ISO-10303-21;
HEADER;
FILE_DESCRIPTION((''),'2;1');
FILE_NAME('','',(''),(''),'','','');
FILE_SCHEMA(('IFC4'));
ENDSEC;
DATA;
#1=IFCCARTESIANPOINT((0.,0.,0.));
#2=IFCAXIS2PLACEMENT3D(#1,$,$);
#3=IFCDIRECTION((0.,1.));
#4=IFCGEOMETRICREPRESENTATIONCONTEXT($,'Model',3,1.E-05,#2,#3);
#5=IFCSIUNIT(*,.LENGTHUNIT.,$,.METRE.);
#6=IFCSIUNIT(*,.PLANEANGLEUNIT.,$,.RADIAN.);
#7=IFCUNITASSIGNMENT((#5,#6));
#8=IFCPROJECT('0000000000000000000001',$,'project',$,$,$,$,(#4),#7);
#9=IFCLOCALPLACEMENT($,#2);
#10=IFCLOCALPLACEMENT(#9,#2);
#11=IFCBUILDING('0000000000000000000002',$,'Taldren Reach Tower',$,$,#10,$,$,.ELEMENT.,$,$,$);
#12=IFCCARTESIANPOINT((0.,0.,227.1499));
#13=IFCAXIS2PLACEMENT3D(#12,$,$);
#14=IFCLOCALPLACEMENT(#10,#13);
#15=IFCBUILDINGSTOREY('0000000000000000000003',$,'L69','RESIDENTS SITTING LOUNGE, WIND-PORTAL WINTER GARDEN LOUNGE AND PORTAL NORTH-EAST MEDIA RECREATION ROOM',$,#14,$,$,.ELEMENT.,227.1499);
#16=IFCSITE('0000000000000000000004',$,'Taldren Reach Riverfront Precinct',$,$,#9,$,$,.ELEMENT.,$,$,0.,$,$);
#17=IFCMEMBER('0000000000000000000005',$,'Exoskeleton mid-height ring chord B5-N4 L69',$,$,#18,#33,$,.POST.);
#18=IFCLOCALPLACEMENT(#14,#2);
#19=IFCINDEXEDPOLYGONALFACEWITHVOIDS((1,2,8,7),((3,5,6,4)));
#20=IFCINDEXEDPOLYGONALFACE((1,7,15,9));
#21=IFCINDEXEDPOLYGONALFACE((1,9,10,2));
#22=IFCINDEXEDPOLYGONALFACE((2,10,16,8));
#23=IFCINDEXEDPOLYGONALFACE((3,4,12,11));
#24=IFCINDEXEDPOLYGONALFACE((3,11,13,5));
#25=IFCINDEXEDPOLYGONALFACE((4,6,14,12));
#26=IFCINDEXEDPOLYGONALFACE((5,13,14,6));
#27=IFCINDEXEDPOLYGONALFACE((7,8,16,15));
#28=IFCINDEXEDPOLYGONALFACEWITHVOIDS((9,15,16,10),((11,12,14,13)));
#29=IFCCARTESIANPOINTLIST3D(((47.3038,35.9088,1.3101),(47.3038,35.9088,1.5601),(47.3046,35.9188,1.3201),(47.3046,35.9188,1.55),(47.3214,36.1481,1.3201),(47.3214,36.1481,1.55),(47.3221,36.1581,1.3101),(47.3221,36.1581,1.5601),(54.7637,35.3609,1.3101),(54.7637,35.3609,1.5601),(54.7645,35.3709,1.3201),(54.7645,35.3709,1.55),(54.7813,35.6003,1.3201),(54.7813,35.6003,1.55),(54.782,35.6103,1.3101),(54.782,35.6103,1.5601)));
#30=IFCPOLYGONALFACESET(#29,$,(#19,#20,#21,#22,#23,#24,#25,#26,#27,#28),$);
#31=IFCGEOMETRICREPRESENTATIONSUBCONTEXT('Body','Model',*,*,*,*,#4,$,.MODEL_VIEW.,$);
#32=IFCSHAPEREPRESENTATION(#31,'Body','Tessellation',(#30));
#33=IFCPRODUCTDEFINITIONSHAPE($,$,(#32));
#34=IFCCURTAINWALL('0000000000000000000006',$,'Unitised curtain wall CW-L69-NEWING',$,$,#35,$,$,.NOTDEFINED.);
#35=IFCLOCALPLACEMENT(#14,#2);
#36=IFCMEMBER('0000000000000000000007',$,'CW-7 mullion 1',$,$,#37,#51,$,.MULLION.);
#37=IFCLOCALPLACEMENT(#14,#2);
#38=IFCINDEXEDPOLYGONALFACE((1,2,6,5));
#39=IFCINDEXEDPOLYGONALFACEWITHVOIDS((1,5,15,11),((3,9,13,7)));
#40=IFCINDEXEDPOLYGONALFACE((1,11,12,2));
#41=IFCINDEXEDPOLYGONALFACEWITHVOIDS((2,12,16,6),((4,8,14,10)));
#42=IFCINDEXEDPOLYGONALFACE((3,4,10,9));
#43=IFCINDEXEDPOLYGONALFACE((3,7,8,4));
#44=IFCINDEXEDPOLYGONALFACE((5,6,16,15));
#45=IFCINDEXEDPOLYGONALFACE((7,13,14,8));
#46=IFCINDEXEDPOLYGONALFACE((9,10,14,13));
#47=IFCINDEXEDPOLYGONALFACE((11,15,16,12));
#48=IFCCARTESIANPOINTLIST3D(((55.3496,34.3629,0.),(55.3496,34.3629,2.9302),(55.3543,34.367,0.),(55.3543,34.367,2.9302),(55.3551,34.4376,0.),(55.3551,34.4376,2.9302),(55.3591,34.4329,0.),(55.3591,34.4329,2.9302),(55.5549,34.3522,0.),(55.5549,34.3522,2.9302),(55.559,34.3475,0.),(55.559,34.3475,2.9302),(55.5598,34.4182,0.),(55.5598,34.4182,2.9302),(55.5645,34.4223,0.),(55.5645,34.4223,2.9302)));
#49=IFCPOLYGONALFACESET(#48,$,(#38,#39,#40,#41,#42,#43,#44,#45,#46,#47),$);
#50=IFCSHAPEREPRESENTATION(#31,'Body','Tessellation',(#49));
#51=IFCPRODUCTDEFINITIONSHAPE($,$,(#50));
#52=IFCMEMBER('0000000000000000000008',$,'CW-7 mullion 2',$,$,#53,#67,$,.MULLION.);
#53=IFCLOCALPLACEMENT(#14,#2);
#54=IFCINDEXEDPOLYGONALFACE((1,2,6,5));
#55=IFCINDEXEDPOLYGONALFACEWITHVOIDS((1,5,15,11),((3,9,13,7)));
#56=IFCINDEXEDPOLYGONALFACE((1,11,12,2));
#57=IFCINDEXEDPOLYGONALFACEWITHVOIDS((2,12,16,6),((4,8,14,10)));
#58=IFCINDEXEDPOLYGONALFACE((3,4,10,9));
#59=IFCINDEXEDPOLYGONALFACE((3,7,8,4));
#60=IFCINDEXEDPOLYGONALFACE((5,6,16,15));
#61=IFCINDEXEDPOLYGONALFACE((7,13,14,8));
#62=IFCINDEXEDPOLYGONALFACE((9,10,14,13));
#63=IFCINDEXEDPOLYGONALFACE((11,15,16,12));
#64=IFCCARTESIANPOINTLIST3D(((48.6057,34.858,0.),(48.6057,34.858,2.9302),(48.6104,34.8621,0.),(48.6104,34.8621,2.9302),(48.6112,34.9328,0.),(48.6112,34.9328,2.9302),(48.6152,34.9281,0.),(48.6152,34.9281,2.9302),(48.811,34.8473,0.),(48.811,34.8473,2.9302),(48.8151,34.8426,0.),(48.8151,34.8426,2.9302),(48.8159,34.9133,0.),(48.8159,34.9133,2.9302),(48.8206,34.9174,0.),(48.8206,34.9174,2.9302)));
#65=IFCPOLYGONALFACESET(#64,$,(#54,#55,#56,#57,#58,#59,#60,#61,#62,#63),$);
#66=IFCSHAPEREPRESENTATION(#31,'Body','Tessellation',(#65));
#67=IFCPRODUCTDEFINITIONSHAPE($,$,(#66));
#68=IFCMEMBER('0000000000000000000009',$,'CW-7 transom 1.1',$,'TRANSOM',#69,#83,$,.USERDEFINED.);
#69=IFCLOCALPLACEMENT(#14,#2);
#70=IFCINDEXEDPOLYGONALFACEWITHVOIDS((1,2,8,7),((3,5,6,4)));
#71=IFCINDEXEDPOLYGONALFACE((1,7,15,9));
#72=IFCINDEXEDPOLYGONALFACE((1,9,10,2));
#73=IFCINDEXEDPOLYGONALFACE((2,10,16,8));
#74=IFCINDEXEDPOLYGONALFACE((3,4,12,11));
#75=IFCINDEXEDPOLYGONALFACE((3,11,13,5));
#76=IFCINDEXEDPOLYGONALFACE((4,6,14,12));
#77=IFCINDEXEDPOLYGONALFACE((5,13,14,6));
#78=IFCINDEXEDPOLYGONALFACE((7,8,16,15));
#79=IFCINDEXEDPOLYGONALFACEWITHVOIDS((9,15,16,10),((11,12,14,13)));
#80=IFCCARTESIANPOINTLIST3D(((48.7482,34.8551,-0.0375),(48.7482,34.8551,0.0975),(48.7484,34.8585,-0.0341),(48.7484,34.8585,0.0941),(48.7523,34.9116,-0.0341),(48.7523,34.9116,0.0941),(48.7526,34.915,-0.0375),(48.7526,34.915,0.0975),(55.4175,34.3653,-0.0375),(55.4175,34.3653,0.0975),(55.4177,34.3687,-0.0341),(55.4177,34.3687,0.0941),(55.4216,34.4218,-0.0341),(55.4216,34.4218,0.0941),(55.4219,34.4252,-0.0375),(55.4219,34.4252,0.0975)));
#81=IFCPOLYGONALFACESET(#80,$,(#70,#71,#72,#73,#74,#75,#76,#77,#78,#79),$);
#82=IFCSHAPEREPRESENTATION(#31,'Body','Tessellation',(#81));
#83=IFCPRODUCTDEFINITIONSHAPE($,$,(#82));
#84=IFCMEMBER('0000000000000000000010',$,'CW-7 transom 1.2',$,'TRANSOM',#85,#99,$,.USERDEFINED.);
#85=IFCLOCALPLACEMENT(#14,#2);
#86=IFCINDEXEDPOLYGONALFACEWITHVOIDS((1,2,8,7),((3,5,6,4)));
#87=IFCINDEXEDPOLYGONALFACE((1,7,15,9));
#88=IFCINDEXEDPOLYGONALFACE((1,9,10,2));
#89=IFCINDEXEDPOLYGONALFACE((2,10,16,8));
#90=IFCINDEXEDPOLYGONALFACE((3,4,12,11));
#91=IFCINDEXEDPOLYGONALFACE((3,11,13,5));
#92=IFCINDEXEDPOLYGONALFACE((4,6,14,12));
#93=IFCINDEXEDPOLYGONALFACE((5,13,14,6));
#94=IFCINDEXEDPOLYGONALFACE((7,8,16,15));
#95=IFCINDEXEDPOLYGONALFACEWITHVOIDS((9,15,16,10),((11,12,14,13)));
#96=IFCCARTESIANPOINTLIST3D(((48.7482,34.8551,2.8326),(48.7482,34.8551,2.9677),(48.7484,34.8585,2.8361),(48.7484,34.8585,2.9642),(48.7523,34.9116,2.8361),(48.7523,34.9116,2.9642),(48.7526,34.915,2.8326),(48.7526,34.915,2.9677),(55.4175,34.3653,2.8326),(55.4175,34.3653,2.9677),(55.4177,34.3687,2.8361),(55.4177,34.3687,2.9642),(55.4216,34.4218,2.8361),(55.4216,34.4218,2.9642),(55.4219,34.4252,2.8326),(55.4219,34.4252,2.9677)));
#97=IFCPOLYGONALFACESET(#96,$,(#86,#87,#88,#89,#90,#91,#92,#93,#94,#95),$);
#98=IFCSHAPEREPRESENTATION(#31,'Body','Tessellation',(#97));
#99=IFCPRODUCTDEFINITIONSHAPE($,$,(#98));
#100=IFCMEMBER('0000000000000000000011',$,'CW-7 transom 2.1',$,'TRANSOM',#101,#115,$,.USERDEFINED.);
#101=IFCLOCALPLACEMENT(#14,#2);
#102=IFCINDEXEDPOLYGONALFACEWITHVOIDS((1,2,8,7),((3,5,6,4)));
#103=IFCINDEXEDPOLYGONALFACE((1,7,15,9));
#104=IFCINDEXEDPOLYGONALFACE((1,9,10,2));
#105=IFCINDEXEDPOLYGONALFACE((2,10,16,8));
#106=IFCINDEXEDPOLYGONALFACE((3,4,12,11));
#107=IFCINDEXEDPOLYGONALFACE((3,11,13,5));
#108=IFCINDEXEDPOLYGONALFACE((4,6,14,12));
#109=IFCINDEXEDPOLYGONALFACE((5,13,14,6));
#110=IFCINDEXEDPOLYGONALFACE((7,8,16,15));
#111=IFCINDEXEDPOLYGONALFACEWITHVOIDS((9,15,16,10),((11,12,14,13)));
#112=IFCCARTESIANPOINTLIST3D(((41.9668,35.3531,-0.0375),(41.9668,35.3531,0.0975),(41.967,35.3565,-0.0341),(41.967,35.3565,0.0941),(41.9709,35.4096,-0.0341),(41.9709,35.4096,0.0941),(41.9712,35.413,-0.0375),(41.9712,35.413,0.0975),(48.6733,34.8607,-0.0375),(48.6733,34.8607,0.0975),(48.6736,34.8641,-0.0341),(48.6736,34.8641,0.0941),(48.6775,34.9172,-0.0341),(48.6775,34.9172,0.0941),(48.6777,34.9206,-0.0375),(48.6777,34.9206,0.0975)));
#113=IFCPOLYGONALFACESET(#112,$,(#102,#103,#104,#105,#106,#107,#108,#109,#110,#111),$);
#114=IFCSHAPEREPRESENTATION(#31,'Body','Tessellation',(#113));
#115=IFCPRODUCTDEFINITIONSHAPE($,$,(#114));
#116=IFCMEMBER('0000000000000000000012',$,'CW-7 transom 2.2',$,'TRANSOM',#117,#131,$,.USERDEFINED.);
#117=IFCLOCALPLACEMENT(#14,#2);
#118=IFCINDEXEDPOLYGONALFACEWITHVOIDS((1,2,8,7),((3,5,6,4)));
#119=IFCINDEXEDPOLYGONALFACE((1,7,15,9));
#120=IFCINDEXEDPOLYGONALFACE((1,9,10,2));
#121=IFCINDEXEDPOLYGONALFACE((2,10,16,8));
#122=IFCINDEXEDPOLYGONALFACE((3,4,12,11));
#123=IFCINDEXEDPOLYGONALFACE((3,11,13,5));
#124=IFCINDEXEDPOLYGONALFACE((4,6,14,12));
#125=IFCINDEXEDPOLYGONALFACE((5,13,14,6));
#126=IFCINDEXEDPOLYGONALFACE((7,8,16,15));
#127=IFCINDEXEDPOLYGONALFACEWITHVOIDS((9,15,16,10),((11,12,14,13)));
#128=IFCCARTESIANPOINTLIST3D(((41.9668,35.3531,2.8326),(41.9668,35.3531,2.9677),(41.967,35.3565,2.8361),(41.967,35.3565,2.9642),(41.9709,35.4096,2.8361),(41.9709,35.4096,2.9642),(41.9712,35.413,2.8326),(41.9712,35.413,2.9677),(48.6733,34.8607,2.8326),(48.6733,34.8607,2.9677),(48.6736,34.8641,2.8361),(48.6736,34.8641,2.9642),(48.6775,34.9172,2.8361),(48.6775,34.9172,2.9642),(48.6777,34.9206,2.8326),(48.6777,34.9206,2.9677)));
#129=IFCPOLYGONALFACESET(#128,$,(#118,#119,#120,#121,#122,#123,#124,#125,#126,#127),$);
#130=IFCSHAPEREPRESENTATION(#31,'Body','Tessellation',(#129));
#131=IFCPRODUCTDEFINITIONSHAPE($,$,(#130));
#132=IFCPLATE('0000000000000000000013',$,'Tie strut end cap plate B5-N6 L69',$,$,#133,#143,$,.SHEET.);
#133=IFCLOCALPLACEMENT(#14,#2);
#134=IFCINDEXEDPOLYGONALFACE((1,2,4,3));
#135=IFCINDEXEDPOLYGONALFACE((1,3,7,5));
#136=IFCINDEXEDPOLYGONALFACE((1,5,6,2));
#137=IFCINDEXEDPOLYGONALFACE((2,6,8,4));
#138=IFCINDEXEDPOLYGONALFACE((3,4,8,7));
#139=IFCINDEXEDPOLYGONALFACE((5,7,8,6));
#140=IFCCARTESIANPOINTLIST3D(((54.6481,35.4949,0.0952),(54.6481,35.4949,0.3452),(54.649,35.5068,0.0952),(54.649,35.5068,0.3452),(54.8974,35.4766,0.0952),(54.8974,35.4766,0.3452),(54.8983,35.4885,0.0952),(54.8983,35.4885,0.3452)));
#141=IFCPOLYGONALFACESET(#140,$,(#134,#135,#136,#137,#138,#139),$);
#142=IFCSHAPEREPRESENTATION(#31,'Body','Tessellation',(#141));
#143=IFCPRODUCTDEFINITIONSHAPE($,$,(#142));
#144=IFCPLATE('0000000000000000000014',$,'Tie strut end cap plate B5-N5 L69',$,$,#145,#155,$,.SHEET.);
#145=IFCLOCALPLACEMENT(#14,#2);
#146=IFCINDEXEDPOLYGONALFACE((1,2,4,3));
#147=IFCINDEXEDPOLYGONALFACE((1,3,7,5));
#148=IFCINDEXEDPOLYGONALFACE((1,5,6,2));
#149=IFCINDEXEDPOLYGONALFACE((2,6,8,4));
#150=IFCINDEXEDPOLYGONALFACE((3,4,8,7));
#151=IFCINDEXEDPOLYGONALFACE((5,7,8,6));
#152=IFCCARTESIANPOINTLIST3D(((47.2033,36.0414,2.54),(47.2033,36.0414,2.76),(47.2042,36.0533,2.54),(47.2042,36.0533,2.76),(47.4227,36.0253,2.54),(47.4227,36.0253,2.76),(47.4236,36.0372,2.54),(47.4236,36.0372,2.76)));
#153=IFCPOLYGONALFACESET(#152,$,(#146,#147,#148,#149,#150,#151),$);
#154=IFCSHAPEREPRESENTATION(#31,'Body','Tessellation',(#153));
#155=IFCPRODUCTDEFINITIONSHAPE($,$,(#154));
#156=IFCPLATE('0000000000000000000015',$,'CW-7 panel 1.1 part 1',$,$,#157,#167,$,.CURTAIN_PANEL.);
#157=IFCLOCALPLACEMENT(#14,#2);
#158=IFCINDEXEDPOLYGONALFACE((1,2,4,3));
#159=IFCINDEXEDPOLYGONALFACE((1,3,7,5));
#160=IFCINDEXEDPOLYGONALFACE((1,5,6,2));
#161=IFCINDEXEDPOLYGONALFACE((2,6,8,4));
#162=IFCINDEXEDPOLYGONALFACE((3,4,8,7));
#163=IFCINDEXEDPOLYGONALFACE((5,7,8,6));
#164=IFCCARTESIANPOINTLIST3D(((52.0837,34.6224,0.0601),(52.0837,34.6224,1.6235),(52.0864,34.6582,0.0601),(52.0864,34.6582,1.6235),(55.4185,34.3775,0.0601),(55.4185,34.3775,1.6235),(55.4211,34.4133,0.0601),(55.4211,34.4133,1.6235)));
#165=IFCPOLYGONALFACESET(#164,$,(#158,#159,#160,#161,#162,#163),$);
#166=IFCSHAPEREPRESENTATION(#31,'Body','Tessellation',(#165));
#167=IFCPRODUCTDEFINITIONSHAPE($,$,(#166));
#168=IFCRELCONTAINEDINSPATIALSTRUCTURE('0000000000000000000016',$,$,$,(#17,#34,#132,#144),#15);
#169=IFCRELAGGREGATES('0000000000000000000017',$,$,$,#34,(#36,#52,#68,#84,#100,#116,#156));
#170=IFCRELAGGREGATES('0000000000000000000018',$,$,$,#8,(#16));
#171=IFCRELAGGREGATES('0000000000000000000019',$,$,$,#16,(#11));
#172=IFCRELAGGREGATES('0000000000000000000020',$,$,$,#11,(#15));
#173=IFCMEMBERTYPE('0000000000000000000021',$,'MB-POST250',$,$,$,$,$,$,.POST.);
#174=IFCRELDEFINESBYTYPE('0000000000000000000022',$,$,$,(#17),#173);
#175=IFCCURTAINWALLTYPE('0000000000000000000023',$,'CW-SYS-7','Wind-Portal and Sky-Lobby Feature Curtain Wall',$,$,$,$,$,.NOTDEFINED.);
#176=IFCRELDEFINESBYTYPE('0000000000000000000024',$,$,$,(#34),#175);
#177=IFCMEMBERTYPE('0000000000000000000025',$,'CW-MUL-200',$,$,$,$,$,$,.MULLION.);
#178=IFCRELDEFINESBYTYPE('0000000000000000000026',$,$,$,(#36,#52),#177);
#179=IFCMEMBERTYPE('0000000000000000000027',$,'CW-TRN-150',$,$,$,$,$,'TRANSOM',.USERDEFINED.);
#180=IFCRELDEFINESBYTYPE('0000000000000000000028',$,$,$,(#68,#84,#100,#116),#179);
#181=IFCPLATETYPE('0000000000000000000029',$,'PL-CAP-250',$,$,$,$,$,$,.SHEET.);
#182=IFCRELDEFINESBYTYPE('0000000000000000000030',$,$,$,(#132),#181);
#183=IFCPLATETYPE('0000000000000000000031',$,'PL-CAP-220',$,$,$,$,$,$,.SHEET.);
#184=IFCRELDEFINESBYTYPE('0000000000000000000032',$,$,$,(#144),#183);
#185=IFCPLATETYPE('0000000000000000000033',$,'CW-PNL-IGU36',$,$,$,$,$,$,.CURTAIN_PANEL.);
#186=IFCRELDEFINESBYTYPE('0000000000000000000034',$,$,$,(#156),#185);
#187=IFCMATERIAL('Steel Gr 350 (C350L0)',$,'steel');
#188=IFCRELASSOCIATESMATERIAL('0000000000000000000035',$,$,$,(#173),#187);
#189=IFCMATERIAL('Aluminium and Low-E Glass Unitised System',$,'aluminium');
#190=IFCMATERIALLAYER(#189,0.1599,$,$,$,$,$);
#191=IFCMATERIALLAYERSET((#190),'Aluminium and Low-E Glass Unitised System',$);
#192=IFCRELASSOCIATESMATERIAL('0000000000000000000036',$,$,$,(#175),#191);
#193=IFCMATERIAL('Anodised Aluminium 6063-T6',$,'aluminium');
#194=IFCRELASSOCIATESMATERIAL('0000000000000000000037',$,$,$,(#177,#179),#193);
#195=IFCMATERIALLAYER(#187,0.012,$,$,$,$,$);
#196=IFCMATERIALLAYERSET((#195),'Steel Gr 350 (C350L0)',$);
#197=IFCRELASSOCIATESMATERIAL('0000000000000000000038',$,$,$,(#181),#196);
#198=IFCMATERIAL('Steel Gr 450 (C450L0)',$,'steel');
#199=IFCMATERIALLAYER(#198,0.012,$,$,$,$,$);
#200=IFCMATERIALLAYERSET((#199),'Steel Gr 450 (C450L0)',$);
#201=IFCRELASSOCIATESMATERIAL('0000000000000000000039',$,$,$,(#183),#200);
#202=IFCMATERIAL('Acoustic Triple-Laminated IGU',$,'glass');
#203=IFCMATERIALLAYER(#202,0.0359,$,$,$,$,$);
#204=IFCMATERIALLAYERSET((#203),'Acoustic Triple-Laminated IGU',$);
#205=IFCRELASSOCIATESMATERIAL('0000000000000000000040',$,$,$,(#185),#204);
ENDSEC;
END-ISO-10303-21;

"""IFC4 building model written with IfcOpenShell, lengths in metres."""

from ifc_helpers import new_model, si_unit, direction, frame, origin, origin_2d, place, context, subcontext, project, spatial, rectangle, hollow_rectangle, extrude, source, transform, mapped, material, layer, layer_set, material_profile, profile_set, type_object, element, aggregate, save


model = new_model("IFC4")

# Units and contexts
model_context = context("Model", 3, precision=1e-05, world=origin(), true_north=direction((0.0, 1.0)))
body_context = subcontext(model_context, "Body", "Model", "MODEL_VIEW")
ifc_project = project(units=[si_unit("LENGTHUNIT", "METRE"), si_unit("PLANEANGLEUNIT", "RADIAN")], contexts=[model_context])

# Site, building, storey
site_placement = place(None, origin())
site = spatial("IfcSite", under=ifc_project, at=site_placement, Name="Taldren Reach Riverfront Precinct", CompositionType="ELEMENT", RefElevation=0.0)
building_placement = place(site_placement, origin())
building = spatial("IfcBuilding", under=site, at=building_placement, Name="Taldren Reach Tower", CompositionType="ELEMENT")
storey_placement = place(building_placement, frame((0.0, 0.0, 227.1499)))
storey = spatial("IfcBuildingStorey", under=building, at=storey_placement, Name="L69", Description="RESIDENTS SITTING LOUNGE, WIND-PORTAL WINTER GARDEN LOUNGE AND PORTAL NORTH-EAST MEDIA RECREATION ROOM", CompositionType="ELEMENT", Elevation=227.1499)

# Shared definitions
ifc_material_1 = material(Name="Steel Gr 350 (C350L0)", Category="steel")

# Shared definitions
ifc_material_profile_1 = material_profile(ifc_material_1, hollow_rectangle(XDim=0.25, YDim=0.25, WallThickness=0.01, at=origin_2d()), Name="250x250x10.0SHS")
ifc_profile_set_1 = profile_set([ifc_material_profile_1], Name="Steel Gr 350 (C350L0)")
member_type_1 = type_object("IfcMemberType", Name="MB-POST250", PredefinedType="POST", material=ifc_profile_set_1)
ifc_material_2 = material(Name="Steel Gr 450 (C450L0)", Category="steel")

# Member
shared_shape_1 = source(origin(), body_context, "Body", "SweptSolid", [
    extrude(hollow_rectangle(XDim=0.25, YDim=0.25, WallThickness=0.01, at=origin_2d()), origin(), (0.0, 0.0, 1.0), 7.48),
])
member_1_placement = place(storey_placement, frame((47.313, 36.0334, 1.4351), z_axis=(0.997314, -0.073242, 0.0), x_axis=(0.073242, 0.997314, 0.0)))
element("IfcMember", 1, at=member_1_placement, inside=storey, type_object=member_type_1, Name="Exoskeleton mid-height ring chord B5-N4 L69", PredefinedType="POST", context=body_context, shape_type="MappedRepresentation", body=[
    mapped(shared_shape_1, transform((0.0, 0.0, 0.0), scale=1.0)),
])

# Curtain wall, members
ifc_material_3 = material(Name="Aluminium and Low-E Glass Unitised System", Category="aluminium")
ifc_layer_1 = layer(ifc_material_3, 0.1599)
ifc_layer_set_1 = layer_set([ifc_layer_1], Name="Aluminium and Low-E Glass Unitised System")
curtain_wall_type = type_object("IfcCurtainWallType", Name="CW-SYS-7", Description="Wind-Portal and Sky-Lobby Feature Curtain Wall", PredefinedType="NOTDEFINED", material=ifc_layer_set_1)
curtain_wall_placement = place(storey_placement, origin())
curtain_wall = element("IfcCurtainWall", 2, at=curtain_wall_placement, inside=storey, type_object=curtain_wall_type, Name="Unitised curtain wall CW-L69-NEWING", PredefinedType="NOTDEFINED")
ifc_material_4 = material(Name="Anodised Aluminium 6063-T6", Category="aluminium")
ifc_material_profile_2 = material_profile(ifc_material_4, hollow_rectangle(XDim=0.075, YDim=0.21, WallThickness=0.0044, at=origin_2d()), Name="ALU-210x75x4.5RHS")
ifc_profile_set_2 = profile_set([ifc_material_profile_2], Name="Anodised Aluminium 6063-T6")
member_type_2 = type_object("IfcMemberType", Name="CW-MUL-200", PredefinedType="MULLION", material=ifc_profile_set_2)
shared_shape_2 = source(origin(), body_context, "Body", "SweptSolid", [
    extrude(hollow_rectangle(XDim=0.075, YDim=0.21, WallThickness=0.0044, at=origin_2d()), origin(), (0.0, 0.0, 1.0), 2.9302),
])
member_2_placement = place(storey_placement, frame((55.457, 34.3926, 0.0), z_axis=(0.0, 0.0, 1.0), x_axis=(-0.073238, -0.997314, 0.0)))
member_2 = element("IfcMember", 3, at=member_2_placement, type_object=member_type_2, Name="CW-7 mullion 1", PredefinedType="MULLION", context=body_context, shape_type="MappedRepresentation", body=[
    mapped(shared_shape_2, transform((0.0, 0.0, 0.0), scale=1.0)),
])
member_3_placement = place(storey_placement, frame((48.7131, 34.8877, 0.0), z_axis=(0.0, 0.0, 1.0), x_axis=(-0.073238, -0.997314, 0.0)))
member_3 = element("IfcMember", 4, at=member_3_placement, type_object=member_type_2, Name="CW-7 mullion 2", PredefinedType="MULLION", context=body_context, shape_type="MappedRepresentation", body=[
    mapped(shared_shape_2, transform((0.0, 0.0, 0.0), scale=1.0)),
])
ifc_material_profile_3 = material_profile(ifc_material_4, hollow_rectangle(XDim=0.0601, YDim=0.135, WallThickness=0.0034, at=origin_2d()), Name="ALU-135x60x3.5RHS")
ifc_profile_set_3 = profile_set([ifc_material_profile_3], Name="Anodised Aluminium 6063-T6")
member_type_3 = type_object("IfcMemberType", Name="CW-TRN-150", ElementType="TRANSOM", PredefinedType="USERDEFINED", material=ifc_profile_set_3)
shared_shape_3 = source(origin(), body_context, "Body", "SweptSolid", [
    extrude(hollow_rectangle(XDim=0.0601, YDim=0.135, WallThickness=0.0034, at=origin_2d()), origin(), (0.0, 0.0, 1.0), 6.6873),
])
member_4_placement = place(storey_placement, frame((55.4197, 34.3953, 0.03), z_axis=(-0.997315, 0.073237, 0.0), x_axis=(-0.073237, -0.997315, 0.0)))
member_4 = element("IfcMember", 5, at=member_4_placement, type_object=member_type_3, Name="CW-7 transom 1.1", ObjectType="TRANSOM", PredefinedType="USERDEFINED", context=body_context, shape_type="MappedRepresentation", body=[
    mapped(shared_shape_3, transform((0.0, 0.0, 0.0), scale=1.0)),
])
member_5_placement = place(storey_placement, frame((55.4197, 34.3953, 2.9001), z_axis=(-0.997315, 0.073237, 0.0), x_axis=(-0.073237, -0.997315, 0.0)))
member_5 = element("IfcMember", 6, at=member_5_placement, type_object=member_type_3, Name="CW-7 transom 1.2", ObjectType="TRANSOM", PredefinedType="USERDEFINED", context=body_context, shape_type="MappedRepresentation", body=[
    mapped(shared_shape_3, transform((0.0, 0.0, 0.0), scale=1.0)),
])
shared_shape_4 = source(origin(), body_context, "Body", "SweptSolid", [
    extrude(hollow_rectangle(XDim=0.0601, YDim=0.135, WallThickness=0.0034, at=origin_2d()), origin(), (0.0, 0.0, 1.0), 6.7246),
])
member_6_placement = place(storey_placement, frame((48.6755, 34.8906, 0.03), z_axis=(-0.997315, 0.073228, 0.0), x_axis=(-0.073228, -0.997315, 0.0)))
member_6 = element("IfcMember", 7, at=member_6_placement, type_object=member_type_3, Name="CW-7 transom 2.1", ObjectType="TRANSOM", PredefinedType="USERDEFINED", context=body_context, shape_type="MappedRepresentation", body=[
    mapped(shared_shape_4, transform((0.0, 0.0, 0.0), scale=1.0)),
])
member_7_placement = place(storey_placement, frame((48.6755, 34.8906, 2.9001), z_axis=(-0.997315, 0.073228, 0.0), x_axis=(-0.073228, -0.997315, 0.0)))
member_7 = element("IfcMember", 8, at=member_7_placement, type_object=member_type_3, Name="CW-7 transom 2.2", ObjectType="TRANSOM", PredefinedType="USERDEFINED", context=body_context, shape_type="MappedRepresentation", body=[
    mapped(shared_shape_4, transform((0.0, 0.0, 0.0), scale=1.0)),
])

# Plates
ifc_layer_2 = layer(ifc_material_1, 0.012)
ifc_layer_set_2 = layer_set([ifc_layer_2], Name="Steel Gr 350 (C350L0)")
plate_type_1 = type_object("IfcPlateType", Name="PL-CAP-250", PredefinedType="SHEET", material=ifc_layer_set_2)
shared_shape_5 = source(origin(), body_context, "Body", "SweptSolid", [
    extrude(rectangle(XDim=0.25, YDim=0.012, at=origin_2d()), origin(), (0.0, 0.0, 1.0), 0.25),
])
plate_1_placement = place(storey_placement, frame((54.7732, 35.4917, 0.0952), z_axis=(0.0, 0.0, 1.0), x_axis=(0.997314, -0.073238, 0.0)))
element("IfcPlate", 9, at=plate_1_placement, inside=storey, type_object=plate_type_1, Name="Tie strut end cap plate B5-N6 L69", PredefinedType="SHEET", context=body_context, shape_type="MappedRepresentation", body=[
    mapped(shared_shape_5, transform((0.0, 0.0, 0.0), scale=1.0)),
])
ifc_layer_3 = layer(ifc_material_2, 0.012)
ifc_layer_set_3 = layer_set([ifc_layer_3], Name="Steel Gr 450 (C450L0)")
plate_type_2 = type_object("IfcPlateType", Name="PL-CAP-220", PredefinedType="SHEET", material=ifc_layer_set_3)
shared_shape_6 = source(origin(), body_context, "Body", "SweptSolid", [
    extrude(rectangle(XDim=0.22, YDim=0.012, at=origin_2d()), origin(), (0.0, 0.0, 1.0), 0.22),
])
plate_2_placement = place(storey_placement, frame((47.3135, 36.0393, 2.54), z_axis=(0.0, 0.0, 1.0), x_axis=(0.997314, -0.073238, 0.0)))
element("IfcPlate", 10, at=plate_2_placement, inside=storey, type_object=plate_type_2, Name="Tie strut end cap plate B5-N5 L69", PredefinedType="SHEET", context=body_context, shape_type="MappedRepresentation", body=[
    mapped(shared_shape_6, transform((0.0, 0.0, 0.0), scale=1.0)),
])

# Plate
ifc_material_5 = material(Name="Acoustic Triple-Laminated IGU", Category="glass")
ifc_layer_4 = layer(ifc_material_5, 0.0359)
ifc_layer_set_4 = layer_set([ifc_layer_4], Name="Acoustic Triple-Laminated IGU")
plate_type_3 = type_object("IfcPlateType", Name="CW-PNL-IGU36", PredefinedType="CURTAIN_PANEL", material=ifc_layer_set_4)
shared_shape_7 = source(origin(), body_context, "Body", "SweptSolid", [
    extrude(rectangle(XDim=3.3438, YDim=0.0359, at=origin_2d()), origin(), (0.0, 0.0, 1.0), 1.5635),
])
plate_3_placement = place(storey_placement, frame((53.7524, 34.5178, 0.0601), z_axis=(0.0, 0.0, 1.0), x_axis=(-0.997314, 0.073238, 0.0)))
plate_3 = element("IfcPlate", 11, at=plate_3_placement, type_object=plate_type_3, Name="CW-7 panel 1.1 part 1", PredefinedType="CURTAIN_PANEL", context=body_context, shape_type="MappedRepresentation", body=[
    mapped(shared_shape_7, transform((0.0, 0.0, 0.0), scale=1.0)),
])
aggregate(curtain_wall, [member_2, member_3, member_4, member_5, member_6, member_7, plate_3])

save(model, "model.ifc")
